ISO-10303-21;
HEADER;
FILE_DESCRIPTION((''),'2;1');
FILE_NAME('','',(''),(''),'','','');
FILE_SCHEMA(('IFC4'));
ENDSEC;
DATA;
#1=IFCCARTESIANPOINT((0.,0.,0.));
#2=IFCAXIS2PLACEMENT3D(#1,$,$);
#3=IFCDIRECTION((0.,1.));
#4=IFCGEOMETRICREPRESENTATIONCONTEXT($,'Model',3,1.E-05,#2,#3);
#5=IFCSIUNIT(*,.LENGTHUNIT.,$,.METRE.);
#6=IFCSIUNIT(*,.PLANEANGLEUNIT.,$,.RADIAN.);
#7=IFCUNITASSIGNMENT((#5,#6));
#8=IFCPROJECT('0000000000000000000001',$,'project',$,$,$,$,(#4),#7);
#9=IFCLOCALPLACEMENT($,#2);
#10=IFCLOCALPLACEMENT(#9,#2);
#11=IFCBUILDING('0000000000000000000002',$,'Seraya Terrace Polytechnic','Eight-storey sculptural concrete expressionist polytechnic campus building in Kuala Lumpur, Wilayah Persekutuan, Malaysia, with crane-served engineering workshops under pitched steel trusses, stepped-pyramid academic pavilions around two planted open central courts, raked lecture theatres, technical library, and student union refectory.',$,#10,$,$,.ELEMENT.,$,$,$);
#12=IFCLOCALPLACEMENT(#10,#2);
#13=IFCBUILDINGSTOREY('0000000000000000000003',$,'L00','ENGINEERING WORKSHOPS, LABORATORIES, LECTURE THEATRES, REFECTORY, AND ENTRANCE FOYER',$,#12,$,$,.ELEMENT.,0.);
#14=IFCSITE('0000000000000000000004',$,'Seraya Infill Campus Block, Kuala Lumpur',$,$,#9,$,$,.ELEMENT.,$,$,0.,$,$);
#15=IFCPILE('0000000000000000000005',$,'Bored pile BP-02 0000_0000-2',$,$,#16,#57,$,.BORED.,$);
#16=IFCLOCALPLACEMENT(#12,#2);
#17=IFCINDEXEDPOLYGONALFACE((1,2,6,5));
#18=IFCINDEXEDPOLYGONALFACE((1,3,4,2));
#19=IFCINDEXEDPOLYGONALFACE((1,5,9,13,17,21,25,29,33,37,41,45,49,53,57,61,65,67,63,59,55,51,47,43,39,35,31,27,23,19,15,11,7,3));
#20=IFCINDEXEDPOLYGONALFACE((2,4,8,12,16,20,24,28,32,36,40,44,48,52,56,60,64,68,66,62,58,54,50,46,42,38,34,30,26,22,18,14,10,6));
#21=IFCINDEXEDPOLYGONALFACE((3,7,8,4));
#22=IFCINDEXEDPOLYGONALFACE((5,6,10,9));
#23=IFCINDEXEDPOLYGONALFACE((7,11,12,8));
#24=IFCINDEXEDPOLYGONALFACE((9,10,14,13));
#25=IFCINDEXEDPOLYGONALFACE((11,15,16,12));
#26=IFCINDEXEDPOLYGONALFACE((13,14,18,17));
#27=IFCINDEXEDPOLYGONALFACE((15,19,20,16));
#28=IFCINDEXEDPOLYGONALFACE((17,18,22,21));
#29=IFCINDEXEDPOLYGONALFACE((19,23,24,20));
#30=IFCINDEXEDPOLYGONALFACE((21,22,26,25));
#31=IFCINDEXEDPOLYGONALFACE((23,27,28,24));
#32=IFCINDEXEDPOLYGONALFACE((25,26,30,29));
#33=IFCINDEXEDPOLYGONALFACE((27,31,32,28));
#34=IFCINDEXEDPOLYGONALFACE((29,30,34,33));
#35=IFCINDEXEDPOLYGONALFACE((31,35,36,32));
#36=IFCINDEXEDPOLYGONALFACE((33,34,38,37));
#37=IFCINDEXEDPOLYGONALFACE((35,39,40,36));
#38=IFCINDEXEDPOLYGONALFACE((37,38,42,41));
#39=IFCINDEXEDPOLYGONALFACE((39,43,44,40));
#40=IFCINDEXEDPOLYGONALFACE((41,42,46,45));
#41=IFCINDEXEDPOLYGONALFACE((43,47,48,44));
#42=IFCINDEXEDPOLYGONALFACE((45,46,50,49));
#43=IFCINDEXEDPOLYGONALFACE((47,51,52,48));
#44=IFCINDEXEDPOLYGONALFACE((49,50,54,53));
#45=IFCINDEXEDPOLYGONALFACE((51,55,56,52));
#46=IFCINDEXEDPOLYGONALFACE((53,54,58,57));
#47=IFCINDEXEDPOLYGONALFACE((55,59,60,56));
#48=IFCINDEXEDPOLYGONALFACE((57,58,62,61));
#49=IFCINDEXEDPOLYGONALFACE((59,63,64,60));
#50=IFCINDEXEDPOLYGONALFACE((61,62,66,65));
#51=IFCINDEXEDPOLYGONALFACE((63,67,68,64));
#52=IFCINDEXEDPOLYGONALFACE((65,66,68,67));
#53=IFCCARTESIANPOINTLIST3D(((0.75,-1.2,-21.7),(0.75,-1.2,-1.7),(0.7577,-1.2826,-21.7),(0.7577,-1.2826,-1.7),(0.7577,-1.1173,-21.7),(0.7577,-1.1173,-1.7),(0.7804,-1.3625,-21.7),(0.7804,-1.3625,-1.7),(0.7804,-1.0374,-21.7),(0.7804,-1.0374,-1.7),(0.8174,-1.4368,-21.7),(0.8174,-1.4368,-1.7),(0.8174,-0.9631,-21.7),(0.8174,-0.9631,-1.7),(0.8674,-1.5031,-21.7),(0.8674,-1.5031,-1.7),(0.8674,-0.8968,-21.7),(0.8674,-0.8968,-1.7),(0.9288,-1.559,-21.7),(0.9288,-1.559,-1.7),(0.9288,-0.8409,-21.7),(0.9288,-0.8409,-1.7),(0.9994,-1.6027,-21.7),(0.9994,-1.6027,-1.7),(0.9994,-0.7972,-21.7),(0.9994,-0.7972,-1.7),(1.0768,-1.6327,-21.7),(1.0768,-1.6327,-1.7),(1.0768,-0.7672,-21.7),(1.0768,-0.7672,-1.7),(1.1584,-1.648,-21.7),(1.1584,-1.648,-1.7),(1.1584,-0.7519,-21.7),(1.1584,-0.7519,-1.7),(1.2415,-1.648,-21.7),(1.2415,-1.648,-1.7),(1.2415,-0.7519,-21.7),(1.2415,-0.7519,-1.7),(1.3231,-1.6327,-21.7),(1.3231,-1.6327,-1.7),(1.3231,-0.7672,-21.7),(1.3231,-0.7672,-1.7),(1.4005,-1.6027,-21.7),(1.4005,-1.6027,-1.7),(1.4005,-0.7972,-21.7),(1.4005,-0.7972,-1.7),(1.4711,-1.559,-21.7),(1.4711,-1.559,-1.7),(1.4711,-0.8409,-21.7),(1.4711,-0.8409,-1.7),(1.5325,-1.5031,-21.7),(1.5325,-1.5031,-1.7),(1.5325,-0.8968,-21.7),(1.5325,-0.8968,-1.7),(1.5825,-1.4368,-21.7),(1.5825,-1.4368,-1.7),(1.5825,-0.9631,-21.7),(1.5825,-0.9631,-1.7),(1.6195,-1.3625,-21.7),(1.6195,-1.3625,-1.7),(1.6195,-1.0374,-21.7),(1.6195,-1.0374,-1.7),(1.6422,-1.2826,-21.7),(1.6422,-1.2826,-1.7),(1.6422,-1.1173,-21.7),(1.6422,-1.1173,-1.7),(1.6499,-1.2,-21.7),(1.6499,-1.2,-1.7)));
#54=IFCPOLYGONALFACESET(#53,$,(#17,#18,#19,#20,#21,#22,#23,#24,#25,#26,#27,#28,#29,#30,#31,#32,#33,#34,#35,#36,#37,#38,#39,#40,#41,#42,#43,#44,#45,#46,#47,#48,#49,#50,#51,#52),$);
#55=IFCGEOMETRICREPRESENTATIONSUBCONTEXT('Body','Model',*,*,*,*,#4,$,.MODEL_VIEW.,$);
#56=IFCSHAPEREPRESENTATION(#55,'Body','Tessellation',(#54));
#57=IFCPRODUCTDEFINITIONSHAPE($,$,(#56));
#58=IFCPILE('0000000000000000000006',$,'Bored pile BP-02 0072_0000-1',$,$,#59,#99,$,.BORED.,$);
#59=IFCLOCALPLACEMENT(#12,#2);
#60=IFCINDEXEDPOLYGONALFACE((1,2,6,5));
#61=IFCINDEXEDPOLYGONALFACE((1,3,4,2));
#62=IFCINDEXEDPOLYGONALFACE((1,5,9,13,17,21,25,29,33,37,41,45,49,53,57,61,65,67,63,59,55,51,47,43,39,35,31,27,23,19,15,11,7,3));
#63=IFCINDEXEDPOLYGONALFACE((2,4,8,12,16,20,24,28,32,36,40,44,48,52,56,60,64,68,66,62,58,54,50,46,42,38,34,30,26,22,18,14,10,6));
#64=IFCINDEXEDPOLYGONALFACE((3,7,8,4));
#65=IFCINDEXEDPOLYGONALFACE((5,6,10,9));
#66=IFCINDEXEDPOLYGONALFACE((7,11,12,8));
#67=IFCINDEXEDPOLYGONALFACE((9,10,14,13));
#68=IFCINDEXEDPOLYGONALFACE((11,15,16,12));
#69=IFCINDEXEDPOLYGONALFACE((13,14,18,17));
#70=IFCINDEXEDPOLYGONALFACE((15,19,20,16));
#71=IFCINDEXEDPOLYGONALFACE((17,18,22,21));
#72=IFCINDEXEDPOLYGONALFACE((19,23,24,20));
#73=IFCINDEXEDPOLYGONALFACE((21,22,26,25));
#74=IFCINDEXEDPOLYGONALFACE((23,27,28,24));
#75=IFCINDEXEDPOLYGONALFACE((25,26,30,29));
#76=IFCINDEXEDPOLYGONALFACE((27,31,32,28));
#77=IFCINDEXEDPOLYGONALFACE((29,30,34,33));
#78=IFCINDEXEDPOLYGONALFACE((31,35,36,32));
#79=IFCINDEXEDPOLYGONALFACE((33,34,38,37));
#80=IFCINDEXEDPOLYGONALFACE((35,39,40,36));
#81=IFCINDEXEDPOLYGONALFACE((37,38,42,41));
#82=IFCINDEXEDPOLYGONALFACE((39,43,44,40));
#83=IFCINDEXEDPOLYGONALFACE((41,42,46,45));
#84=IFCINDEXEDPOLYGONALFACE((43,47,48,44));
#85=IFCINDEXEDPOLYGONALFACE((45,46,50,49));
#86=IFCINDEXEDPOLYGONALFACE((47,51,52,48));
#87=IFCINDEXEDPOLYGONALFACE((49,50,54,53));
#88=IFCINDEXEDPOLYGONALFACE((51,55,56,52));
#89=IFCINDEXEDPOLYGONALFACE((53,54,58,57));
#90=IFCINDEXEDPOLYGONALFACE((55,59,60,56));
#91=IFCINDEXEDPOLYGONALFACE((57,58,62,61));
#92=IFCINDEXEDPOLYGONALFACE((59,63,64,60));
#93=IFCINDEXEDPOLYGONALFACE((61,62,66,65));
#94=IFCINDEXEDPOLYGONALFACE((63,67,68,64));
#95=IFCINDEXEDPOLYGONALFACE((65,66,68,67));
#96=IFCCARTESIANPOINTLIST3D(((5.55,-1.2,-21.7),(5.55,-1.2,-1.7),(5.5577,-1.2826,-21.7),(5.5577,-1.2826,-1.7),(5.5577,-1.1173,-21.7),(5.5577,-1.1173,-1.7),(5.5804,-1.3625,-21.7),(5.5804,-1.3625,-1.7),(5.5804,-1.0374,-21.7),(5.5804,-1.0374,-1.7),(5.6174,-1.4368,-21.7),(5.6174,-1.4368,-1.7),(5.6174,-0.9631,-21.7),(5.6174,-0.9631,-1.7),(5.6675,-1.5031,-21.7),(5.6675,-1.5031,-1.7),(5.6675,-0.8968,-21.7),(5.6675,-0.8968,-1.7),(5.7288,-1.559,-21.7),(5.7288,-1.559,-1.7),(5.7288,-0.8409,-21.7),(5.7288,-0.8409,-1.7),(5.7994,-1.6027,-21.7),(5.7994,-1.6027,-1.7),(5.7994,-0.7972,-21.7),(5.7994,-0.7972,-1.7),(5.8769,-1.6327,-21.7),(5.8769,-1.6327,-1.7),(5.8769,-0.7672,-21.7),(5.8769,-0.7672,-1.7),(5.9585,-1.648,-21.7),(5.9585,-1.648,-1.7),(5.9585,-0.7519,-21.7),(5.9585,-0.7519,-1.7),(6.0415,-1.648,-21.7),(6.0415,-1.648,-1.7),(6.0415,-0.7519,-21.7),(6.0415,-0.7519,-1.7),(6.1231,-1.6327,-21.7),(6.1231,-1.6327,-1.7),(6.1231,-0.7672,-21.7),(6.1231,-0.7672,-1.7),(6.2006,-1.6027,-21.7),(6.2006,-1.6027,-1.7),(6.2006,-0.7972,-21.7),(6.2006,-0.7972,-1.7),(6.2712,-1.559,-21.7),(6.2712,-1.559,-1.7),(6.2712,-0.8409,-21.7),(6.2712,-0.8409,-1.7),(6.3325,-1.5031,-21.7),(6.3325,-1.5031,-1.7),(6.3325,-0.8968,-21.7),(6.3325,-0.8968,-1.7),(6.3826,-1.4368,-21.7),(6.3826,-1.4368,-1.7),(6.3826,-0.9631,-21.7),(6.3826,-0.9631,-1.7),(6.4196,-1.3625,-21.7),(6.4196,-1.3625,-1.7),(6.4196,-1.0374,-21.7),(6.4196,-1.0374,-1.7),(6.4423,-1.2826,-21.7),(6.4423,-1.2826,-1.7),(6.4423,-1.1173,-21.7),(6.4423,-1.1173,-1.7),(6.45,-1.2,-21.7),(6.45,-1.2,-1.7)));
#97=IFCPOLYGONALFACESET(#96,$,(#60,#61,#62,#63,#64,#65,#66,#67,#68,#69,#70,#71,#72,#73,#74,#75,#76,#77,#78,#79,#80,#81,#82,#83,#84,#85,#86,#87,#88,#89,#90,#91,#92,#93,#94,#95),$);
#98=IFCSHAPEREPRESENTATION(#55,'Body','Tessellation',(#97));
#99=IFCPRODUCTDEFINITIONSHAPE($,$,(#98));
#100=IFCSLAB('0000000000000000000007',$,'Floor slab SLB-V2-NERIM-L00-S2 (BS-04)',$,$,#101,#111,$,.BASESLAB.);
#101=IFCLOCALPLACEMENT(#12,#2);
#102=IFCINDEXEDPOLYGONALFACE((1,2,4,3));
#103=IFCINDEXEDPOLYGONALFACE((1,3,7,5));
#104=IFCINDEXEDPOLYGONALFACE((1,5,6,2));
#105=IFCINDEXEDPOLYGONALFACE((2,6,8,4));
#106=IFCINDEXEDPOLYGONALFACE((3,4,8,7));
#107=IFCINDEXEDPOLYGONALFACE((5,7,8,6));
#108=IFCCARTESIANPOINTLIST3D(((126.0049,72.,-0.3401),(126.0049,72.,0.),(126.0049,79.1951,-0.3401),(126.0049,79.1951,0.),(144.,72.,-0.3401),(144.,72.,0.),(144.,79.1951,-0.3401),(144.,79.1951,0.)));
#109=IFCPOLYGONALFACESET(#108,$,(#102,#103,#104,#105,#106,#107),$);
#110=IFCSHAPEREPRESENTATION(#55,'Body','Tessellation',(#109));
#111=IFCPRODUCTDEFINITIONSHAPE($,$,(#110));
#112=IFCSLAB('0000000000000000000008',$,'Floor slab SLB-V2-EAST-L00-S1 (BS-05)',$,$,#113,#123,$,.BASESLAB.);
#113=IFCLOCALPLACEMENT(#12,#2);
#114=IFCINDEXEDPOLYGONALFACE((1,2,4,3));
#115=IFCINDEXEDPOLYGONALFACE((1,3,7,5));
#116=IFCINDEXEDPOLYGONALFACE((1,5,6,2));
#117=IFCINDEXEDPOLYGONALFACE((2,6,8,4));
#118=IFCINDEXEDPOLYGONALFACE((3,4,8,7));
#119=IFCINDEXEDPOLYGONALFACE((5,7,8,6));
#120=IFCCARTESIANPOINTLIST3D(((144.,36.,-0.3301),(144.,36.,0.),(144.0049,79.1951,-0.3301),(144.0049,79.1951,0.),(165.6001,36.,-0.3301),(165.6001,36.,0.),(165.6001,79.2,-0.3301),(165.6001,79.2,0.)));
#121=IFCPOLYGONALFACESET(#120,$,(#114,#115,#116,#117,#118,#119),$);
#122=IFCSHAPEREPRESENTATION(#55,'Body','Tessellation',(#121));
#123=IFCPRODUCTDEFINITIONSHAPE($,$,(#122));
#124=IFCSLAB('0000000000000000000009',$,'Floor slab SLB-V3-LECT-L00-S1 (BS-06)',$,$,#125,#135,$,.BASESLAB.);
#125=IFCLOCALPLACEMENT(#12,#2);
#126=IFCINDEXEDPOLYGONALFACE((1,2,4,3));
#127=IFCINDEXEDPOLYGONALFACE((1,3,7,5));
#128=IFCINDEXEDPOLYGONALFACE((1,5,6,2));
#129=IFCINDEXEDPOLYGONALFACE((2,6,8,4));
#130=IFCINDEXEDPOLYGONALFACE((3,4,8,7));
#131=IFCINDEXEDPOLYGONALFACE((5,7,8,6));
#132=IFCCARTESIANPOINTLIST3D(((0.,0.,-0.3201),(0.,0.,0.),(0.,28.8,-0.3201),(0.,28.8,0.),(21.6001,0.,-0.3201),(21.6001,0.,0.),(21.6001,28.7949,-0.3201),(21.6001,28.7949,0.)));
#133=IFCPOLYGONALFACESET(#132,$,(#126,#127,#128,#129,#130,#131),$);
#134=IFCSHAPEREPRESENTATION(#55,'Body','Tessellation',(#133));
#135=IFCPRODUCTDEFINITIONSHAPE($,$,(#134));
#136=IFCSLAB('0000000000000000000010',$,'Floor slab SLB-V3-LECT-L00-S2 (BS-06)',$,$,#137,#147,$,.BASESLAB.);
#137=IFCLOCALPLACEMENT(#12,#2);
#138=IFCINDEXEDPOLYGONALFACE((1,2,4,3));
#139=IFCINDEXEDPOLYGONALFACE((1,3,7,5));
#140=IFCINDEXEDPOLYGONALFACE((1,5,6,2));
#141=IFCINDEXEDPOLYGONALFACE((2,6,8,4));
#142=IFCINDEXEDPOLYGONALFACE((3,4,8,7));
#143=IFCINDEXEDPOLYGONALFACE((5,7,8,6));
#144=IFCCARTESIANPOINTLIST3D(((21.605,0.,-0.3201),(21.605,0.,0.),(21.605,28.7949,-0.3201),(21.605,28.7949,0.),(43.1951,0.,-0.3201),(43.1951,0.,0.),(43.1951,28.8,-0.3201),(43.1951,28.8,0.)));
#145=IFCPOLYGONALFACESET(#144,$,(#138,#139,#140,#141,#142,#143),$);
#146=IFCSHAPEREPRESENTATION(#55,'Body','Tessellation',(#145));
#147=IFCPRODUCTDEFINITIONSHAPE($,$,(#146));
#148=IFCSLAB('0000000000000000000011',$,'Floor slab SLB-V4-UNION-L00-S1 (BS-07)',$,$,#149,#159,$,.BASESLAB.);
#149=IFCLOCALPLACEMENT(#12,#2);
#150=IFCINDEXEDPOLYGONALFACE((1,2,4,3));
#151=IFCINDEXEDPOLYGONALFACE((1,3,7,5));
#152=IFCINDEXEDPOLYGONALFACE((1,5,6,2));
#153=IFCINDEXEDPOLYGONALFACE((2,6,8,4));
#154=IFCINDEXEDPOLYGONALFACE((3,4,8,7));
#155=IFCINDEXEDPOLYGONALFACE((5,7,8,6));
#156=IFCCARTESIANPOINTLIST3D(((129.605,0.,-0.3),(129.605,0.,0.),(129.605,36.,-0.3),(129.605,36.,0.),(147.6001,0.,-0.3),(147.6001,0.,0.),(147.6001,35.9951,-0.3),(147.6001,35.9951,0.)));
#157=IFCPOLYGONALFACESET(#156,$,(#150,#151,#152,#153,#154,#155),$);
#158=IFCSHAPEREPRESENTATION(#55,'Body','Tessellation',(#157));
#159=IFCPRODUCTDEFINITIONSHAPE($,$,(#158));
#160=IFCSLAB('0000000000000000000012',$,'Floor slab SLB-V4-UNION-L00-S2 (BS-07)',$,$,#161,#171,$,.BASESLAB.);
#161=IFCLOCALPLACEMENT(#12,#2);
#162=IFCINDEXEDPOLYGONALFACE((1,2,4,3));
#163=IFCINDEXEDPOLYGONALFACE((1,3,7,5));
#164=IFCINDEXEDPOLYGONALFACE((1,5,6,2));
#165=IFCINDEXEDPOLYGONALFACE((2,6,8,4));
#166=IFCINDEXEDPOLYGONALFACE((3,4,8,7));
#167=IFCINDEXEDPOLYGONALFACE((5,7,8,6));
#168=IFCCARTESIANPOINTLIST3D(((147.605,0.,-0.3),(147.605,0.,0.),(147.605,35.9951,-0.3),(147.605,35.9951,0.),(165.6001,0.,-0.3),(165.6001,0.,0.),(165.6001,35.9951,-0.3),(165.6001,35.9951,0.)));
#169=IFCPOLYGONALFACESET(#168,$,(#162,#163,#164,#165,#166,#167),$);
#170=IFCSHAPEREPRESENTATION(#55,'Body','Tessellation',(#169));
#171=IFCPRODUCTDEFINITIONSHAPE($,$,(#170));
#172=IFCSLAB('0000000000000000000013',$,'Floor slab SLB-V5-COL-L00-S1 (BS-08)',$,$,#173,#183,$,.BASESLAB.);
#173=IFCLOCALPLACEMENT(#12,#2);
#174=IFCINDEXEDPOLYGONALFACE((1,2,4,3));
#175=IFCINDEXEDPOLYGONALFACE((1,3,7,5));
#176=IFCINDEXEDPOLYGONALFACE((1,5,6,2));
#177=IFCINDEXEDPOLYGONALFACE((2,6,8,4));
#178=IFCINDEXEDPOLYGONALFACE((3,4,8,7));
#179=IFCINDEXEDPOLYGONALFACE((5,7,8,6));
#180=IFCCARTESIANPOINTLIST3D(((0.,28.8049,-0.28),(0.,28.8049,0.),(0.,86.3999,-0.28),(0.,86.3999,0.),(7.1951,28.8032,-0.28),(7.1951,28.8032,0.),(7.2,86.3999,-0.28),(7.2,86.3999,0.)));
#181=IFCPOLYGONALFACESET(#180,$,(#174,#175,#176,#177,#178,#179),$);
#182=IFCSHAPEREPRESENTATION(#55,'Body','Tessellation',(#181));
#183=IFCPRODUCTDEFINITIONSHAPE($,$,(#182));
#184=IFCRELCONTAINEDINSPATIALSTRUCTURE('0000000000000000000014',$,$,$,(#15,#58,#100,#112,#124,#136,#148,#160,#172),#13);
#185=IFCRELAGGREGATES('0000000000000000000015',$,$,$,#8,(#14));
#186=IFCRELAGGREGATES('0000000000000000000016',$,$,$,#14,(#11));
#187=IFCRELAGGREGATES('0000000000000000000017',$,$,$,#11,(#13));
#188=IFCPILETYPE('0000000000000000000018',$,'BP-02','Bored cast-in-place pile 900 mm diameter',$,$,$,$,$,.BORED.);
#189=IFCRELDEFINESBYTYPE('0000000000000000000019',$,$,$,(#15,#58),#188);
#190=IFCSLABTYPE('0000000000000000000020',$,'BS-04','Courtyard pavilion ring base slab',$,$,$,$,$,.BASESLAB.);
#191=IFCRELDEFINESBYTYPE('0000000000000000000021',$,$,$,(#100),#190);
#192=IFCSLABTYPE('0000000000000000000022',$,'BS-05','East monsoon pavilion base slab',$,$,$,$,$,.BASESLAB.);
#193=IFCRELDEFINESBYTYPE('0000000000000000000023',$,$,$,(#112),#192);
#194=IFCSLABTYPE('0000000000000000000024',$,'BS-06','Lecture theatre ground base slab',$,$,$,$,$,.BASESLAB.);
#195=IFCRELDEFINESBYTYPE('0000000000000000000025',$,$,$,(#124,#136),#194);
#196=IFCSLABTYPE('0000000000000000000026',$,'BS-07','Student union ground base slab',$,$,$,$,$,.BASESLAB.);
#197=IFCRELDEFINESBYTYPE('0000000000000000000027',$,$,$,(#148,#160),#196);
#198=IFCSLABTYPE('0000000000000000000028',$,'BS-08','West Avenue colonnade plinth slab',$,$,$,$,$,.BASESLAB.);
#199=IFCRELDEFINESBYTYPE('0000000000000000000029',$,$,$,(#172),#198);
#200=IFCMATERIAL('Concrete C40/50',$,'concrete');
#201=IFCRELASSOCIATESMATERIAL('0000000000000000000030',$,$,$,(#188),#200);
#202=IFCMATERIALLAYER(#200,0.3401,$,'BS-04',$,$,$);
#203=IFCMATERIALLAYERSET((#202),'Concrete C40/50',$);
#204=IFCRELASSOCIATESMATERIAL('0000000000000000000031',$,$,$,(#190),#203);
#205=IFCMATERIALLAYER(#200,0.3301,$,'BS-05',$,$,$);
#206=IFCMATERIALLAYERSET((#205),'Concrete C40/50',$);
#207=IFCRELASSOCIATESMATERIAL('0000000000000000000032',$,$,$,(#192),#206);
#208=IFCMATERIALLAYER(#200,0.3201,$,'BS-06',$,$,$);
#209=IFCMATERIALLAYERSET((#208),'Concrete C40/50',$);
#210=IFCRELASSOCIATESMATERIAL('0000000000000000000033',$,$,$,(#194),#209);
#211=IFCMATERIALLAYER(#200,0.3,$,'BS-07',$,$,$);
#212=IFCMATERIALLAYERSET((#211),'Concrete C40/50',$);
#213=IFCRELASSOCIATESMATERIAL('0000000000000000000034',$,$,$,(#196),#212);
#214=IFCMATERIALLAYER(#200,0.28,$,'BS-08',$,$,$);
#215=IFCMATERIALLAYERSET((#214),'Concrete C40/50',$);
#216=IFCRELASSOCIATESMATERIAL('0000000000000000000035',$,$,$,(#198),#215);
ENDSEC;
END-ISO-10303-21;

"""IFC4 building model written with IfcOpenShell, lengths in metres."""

from ifc_helpers import new_model, si_unit, direction, frame, origin, origin_2d, place, context, subcontext, project, spatial, polyline, circle, outline, extrude, material, layer, layer_set, material_profile, profile_set, type_object, element, save


model = new_model("IFC4")

# Units and contexts
model_context = context("Model", 3, precision=1e-05, world=origin(), true_north=direction((0.0, 1.0)))
body_context = subcontext(model_context, "Body", "Model", "MODEL_VIEW")
ifc_project = project(units=[si_unit("LENGTHUNIT", "METRE"), si_unit("PLANEANGLEUNIT", "RADIAN")], contexts=[model_context])

# Site, building, storey
site_placement = place(None, origin())
site = spatial("IfcSite", under=ifc_project, at=site_placement, Name="Seraya Infill Campus Block, Kuala Lumpur", CompositionType="ELEMENT", RefElevation=0.0)
building_placement = place(site_placement, origin())
building = spatial("IfcBuilding", under=site, at=building_placement, Name="Seraya Terrace Polytechnic", Description="Eight-storey sculptural concrete expressionist polytechnic campus building in Kuala Lumpur, Wilayah Persekutuan, Malaysia, with crane-served engineering workshops under pitched steel trusses, stepped-pyramid academic pavilions around two planted open central courts, raked lecture theatres, technical library, and student union refectory.", CompositionType="ELEMENT")
storey_placement = place(building_placement, origin())
storey = spatial("IfcBuildingStorey", under=building, at=storey_placement, Name="L00", Description="ENGINEERING WORKSHOPS, LABORATORIES, LECTURE THEATRES, REFECTORY, AND ENTRANCE FOYER", CompositionType="ELEMENT", Elevation=0.0)

# Piles
ifc_material_1 = material(Name="Concrete C40/50", Category="concrete")
ifc_material_profile = material_profile(ifc_material_1, circle(Radius=0.45, at=origin_2d()), Name="DIA 900")
ifc_profile_set = profile_set([ifc_material_profile], Name="Concrete C40/50")
pile_type = type_object("IfcPileType", Name="BP-02", Description="Bored cast-in-place pile 900 mm diameter", PredefinedType="BORED", material=ifc_profile_set)
for number, where, z_axis, x_axis, name in (
    (1, (1.2, -1.2, -1.7), (0.0, 0.0, -1.0), (1.0, 0.0, 0.0), "Bored pile BP-02 0000_0000-2"),
    (2, (6.0, -1.2, -1.7), (0.0, 0.0, -1.0), (1.0, 0.0, 0.0), "Bored pile BP-02 0072_0000-1"),
):
    element("IfcPile", number, at=place(storey_placement, frame(where, z_axis=z_axis, x_axis=x_axis)), inside=storey, type_object=pile_type, Name=name, PredefinedType="BORED", context=body_context, shape_type="SweptSolid", body=[
        extrude(circle(Radius=0.45, at=origin_2d()), origin(), (0.0, 0.0, 1.0), 20.0),
    ])

# Slabs
ifc_layer_1 = layer(ifc_material_1, 0.3401, Name="BS-04")
ifc_layer_set_1 = layer_set([ifc_layer_1], Name="Concrete C40/50")
slab_type_1 = type_object("IfcSlabType", Name="BS-04", Description="Courtyard pavilion ring base slab", PredefinedType="BASESLAB", material=ifc_layer_set_1)
slab_1_placement = place(storey_placement, frame((0.0, 0.0, -0.3401)))
element("IfcSlab", 3, at=slab_1_placement, inside=storey, type_object=slab_type_1, Name="Floor slab SLB-V2-NERIM-L00-S2 (BS-04)", PredefinedType="BASESLAB", context=body_context, shape_type="SweptSolid", body=[
    extrude(outline(polyline([(144.0, 72.0), (126.0049, 72.0), (126.0049, 79.1951), (144.0, 79.1951), (144.0, 72.0)])), origin(), (0.0, 0.0, 1.0), 0.3401),
])
ifc_layer_2 = layer(ifc_material_1, 0.3301, Name="BS-05")
ifc_layer_set_2 = layer_set([ifc_layer_2], Name="Concrete C40/50")
slab_type_2 = type_object("IfcSlabType", Name="BS-05", Description="East monsoon pavilion base slab", PredefinedType="BASESLAB", material=ifc_layer_set_2)
slab_2_placement = place(storey_placement, frame((0.0, 0.0, -0.3301)))
element("IfcSlab", 4, at=slab_2_placement, inside=storey, type_object=slab_type_2, Name="Floor slab SLB-V2-EAST-L00-S1 (BS-05)", PredefinedType="BASESLAB", context=body_context, shape_type="SweptSolid", body=[
    extrude(outline(polyline([(165.6001, 79.2), (165.6001, 36.0), (144.0, 36.0), (144.0049, 79.1951), (165.6001, 79.2)])), origin(), (0.0, 0.0, 1.0), 0.3301),
])
ifc_layer_3 = layer(ifc_material_1, 0.3201, Name="BS-06")
ifc_layer_set_3 = layer_set([ifc_layer_3], Name="Concrete C40/50")
slab_type_3 = type_object("IfcSlabType", Name="BS-06", Description="Lecture theatre ground base slab", PredefinedType="BASESLAB", material=ifc_layer_set_3)
slab_3_placement = place(storey_placement, frame((0.0, 0.0, -0.3201)))
element("IfcSlab", 5, at=slab_3_placement, inside=storey, type_object=slab_type_3, Name="Floor slab SLB-V3-LECT-L00-S1 (BS-06)", PredefinedType="BASESLAB", context=body_context, shape_type="SweptSolid", body=[
    extrude(outline(polyline([(21.6001, 0.0), (0.0, 0.0), (0.0, 28.8), (21.6001, 28.7949), (21.6001, 0.0)])), origin(), (0.0, 0.0, 1.0), 0.3201),
])
slab_4_placement = place(storey_placement, frame((0.0, 0.0, -0.3201)))
element("IfcSlab", 6, at=slab_4_placement, inside=storey, type_object=slab_type_3, Name="Floor slab SLB-V3-LECT-L00-S2 (BS-06)", PredefinedType="BASESLAB", context=body_context, shape_type="SweptSolid", body=[
    extrude(outline(polyline([(21.605, 0.0), (21.605, 28.7949), (43.1951, 28.8), (43.1951, 0.0), (21.605, 0.0)])), origin(), (0.0, 0.0, 1.0), 0.3201),
])
ifc_layer_4 = layer(ifc_material_1, 0.3, Name="BS-07")
ifc_layer_set_4 = layer_set([ifc_layer_4], Name="Concrete C40/50")
slab_type_4 = type_object("IfcSlabType", Name="BS-07", Description="Student union ground base slab", PredefinedType="BASESLAB", material=ifc_layer_set_4)
slab_5_placement = place(storey_placement, frame((0.0, 0.0, -0.3)))
element("IfcSlab", 7, at=slab_5_placement, inside=storey, type_object=slab_type_4, Name="Floor slab SLB-V4-UNION-L00-S1 (BS-07)", PredefinedType="BASESLAB", context=body_context, shape_type="SweptSolid", body=[
    extrude(outline(polyline([(147.6001, 0.0), (129.605, 0.0), (129.605, 36.0), (147.6001, 35.9951), (147.6001, 0.0)])), origin(), (0.0, 0.0, 1.0), 0.3),
])
slab_6_placement = place(storey_placement, frame((0.0, 0.0, -0.3)))
element("IfcSlab", 8, at=slab_6_placement, inside=storey, type_object=slab_type_4, Name="Floor slab SLB-V4-UNION-L00-S2 (BS-07)", PredefinedType="BASESLAB", context=body_context, shape_type="SweptSolid", body=[
    extrude(outline(polyline([(165.6001, 0.0), (147.605, 0.0), (147.605, 35.9951), (165.6001, 35.9951), (165.6001, 0.0)])), origin(), (0.0, 0.0, 1.0), 0.3),
])
ifc_layer_5 = layer(ifc_material_1, 0.28, Name="BS-08")
ifc_layer_set_5 = layer_set([ifc_layer_5], Name="Concrete C40/50")
slab_type_5 = type_object("IfcSlabType", Name="BS-08", Description="West Avenue colonnade plinth slab", PredefinedType="BASESLAB", material=ifc_layer_set_5)
slab_7_placement = place(storey_placement, frame((0.0, 0.0, -0.28)))
element("IfcSlab", 9, at=slab_7_placement, inside=storey, type_object=slab_type_5, Name="Floor slab SLB-V5-COL-L00-S1 (BS-08)", PredefinedType="BASESLAB", context=body_context, shape_type="SweptSolid", body=[
    extrude(outline(polyline([(0.0, 86.3999), (7.2, 86.3999), (7.1951, 28.8032), (0.0, 28.8049), (0.0, 86.3999)])), origin(), (0.0, 0.0, 1.0), 0.28),
])

save(model, "model.ifc")
